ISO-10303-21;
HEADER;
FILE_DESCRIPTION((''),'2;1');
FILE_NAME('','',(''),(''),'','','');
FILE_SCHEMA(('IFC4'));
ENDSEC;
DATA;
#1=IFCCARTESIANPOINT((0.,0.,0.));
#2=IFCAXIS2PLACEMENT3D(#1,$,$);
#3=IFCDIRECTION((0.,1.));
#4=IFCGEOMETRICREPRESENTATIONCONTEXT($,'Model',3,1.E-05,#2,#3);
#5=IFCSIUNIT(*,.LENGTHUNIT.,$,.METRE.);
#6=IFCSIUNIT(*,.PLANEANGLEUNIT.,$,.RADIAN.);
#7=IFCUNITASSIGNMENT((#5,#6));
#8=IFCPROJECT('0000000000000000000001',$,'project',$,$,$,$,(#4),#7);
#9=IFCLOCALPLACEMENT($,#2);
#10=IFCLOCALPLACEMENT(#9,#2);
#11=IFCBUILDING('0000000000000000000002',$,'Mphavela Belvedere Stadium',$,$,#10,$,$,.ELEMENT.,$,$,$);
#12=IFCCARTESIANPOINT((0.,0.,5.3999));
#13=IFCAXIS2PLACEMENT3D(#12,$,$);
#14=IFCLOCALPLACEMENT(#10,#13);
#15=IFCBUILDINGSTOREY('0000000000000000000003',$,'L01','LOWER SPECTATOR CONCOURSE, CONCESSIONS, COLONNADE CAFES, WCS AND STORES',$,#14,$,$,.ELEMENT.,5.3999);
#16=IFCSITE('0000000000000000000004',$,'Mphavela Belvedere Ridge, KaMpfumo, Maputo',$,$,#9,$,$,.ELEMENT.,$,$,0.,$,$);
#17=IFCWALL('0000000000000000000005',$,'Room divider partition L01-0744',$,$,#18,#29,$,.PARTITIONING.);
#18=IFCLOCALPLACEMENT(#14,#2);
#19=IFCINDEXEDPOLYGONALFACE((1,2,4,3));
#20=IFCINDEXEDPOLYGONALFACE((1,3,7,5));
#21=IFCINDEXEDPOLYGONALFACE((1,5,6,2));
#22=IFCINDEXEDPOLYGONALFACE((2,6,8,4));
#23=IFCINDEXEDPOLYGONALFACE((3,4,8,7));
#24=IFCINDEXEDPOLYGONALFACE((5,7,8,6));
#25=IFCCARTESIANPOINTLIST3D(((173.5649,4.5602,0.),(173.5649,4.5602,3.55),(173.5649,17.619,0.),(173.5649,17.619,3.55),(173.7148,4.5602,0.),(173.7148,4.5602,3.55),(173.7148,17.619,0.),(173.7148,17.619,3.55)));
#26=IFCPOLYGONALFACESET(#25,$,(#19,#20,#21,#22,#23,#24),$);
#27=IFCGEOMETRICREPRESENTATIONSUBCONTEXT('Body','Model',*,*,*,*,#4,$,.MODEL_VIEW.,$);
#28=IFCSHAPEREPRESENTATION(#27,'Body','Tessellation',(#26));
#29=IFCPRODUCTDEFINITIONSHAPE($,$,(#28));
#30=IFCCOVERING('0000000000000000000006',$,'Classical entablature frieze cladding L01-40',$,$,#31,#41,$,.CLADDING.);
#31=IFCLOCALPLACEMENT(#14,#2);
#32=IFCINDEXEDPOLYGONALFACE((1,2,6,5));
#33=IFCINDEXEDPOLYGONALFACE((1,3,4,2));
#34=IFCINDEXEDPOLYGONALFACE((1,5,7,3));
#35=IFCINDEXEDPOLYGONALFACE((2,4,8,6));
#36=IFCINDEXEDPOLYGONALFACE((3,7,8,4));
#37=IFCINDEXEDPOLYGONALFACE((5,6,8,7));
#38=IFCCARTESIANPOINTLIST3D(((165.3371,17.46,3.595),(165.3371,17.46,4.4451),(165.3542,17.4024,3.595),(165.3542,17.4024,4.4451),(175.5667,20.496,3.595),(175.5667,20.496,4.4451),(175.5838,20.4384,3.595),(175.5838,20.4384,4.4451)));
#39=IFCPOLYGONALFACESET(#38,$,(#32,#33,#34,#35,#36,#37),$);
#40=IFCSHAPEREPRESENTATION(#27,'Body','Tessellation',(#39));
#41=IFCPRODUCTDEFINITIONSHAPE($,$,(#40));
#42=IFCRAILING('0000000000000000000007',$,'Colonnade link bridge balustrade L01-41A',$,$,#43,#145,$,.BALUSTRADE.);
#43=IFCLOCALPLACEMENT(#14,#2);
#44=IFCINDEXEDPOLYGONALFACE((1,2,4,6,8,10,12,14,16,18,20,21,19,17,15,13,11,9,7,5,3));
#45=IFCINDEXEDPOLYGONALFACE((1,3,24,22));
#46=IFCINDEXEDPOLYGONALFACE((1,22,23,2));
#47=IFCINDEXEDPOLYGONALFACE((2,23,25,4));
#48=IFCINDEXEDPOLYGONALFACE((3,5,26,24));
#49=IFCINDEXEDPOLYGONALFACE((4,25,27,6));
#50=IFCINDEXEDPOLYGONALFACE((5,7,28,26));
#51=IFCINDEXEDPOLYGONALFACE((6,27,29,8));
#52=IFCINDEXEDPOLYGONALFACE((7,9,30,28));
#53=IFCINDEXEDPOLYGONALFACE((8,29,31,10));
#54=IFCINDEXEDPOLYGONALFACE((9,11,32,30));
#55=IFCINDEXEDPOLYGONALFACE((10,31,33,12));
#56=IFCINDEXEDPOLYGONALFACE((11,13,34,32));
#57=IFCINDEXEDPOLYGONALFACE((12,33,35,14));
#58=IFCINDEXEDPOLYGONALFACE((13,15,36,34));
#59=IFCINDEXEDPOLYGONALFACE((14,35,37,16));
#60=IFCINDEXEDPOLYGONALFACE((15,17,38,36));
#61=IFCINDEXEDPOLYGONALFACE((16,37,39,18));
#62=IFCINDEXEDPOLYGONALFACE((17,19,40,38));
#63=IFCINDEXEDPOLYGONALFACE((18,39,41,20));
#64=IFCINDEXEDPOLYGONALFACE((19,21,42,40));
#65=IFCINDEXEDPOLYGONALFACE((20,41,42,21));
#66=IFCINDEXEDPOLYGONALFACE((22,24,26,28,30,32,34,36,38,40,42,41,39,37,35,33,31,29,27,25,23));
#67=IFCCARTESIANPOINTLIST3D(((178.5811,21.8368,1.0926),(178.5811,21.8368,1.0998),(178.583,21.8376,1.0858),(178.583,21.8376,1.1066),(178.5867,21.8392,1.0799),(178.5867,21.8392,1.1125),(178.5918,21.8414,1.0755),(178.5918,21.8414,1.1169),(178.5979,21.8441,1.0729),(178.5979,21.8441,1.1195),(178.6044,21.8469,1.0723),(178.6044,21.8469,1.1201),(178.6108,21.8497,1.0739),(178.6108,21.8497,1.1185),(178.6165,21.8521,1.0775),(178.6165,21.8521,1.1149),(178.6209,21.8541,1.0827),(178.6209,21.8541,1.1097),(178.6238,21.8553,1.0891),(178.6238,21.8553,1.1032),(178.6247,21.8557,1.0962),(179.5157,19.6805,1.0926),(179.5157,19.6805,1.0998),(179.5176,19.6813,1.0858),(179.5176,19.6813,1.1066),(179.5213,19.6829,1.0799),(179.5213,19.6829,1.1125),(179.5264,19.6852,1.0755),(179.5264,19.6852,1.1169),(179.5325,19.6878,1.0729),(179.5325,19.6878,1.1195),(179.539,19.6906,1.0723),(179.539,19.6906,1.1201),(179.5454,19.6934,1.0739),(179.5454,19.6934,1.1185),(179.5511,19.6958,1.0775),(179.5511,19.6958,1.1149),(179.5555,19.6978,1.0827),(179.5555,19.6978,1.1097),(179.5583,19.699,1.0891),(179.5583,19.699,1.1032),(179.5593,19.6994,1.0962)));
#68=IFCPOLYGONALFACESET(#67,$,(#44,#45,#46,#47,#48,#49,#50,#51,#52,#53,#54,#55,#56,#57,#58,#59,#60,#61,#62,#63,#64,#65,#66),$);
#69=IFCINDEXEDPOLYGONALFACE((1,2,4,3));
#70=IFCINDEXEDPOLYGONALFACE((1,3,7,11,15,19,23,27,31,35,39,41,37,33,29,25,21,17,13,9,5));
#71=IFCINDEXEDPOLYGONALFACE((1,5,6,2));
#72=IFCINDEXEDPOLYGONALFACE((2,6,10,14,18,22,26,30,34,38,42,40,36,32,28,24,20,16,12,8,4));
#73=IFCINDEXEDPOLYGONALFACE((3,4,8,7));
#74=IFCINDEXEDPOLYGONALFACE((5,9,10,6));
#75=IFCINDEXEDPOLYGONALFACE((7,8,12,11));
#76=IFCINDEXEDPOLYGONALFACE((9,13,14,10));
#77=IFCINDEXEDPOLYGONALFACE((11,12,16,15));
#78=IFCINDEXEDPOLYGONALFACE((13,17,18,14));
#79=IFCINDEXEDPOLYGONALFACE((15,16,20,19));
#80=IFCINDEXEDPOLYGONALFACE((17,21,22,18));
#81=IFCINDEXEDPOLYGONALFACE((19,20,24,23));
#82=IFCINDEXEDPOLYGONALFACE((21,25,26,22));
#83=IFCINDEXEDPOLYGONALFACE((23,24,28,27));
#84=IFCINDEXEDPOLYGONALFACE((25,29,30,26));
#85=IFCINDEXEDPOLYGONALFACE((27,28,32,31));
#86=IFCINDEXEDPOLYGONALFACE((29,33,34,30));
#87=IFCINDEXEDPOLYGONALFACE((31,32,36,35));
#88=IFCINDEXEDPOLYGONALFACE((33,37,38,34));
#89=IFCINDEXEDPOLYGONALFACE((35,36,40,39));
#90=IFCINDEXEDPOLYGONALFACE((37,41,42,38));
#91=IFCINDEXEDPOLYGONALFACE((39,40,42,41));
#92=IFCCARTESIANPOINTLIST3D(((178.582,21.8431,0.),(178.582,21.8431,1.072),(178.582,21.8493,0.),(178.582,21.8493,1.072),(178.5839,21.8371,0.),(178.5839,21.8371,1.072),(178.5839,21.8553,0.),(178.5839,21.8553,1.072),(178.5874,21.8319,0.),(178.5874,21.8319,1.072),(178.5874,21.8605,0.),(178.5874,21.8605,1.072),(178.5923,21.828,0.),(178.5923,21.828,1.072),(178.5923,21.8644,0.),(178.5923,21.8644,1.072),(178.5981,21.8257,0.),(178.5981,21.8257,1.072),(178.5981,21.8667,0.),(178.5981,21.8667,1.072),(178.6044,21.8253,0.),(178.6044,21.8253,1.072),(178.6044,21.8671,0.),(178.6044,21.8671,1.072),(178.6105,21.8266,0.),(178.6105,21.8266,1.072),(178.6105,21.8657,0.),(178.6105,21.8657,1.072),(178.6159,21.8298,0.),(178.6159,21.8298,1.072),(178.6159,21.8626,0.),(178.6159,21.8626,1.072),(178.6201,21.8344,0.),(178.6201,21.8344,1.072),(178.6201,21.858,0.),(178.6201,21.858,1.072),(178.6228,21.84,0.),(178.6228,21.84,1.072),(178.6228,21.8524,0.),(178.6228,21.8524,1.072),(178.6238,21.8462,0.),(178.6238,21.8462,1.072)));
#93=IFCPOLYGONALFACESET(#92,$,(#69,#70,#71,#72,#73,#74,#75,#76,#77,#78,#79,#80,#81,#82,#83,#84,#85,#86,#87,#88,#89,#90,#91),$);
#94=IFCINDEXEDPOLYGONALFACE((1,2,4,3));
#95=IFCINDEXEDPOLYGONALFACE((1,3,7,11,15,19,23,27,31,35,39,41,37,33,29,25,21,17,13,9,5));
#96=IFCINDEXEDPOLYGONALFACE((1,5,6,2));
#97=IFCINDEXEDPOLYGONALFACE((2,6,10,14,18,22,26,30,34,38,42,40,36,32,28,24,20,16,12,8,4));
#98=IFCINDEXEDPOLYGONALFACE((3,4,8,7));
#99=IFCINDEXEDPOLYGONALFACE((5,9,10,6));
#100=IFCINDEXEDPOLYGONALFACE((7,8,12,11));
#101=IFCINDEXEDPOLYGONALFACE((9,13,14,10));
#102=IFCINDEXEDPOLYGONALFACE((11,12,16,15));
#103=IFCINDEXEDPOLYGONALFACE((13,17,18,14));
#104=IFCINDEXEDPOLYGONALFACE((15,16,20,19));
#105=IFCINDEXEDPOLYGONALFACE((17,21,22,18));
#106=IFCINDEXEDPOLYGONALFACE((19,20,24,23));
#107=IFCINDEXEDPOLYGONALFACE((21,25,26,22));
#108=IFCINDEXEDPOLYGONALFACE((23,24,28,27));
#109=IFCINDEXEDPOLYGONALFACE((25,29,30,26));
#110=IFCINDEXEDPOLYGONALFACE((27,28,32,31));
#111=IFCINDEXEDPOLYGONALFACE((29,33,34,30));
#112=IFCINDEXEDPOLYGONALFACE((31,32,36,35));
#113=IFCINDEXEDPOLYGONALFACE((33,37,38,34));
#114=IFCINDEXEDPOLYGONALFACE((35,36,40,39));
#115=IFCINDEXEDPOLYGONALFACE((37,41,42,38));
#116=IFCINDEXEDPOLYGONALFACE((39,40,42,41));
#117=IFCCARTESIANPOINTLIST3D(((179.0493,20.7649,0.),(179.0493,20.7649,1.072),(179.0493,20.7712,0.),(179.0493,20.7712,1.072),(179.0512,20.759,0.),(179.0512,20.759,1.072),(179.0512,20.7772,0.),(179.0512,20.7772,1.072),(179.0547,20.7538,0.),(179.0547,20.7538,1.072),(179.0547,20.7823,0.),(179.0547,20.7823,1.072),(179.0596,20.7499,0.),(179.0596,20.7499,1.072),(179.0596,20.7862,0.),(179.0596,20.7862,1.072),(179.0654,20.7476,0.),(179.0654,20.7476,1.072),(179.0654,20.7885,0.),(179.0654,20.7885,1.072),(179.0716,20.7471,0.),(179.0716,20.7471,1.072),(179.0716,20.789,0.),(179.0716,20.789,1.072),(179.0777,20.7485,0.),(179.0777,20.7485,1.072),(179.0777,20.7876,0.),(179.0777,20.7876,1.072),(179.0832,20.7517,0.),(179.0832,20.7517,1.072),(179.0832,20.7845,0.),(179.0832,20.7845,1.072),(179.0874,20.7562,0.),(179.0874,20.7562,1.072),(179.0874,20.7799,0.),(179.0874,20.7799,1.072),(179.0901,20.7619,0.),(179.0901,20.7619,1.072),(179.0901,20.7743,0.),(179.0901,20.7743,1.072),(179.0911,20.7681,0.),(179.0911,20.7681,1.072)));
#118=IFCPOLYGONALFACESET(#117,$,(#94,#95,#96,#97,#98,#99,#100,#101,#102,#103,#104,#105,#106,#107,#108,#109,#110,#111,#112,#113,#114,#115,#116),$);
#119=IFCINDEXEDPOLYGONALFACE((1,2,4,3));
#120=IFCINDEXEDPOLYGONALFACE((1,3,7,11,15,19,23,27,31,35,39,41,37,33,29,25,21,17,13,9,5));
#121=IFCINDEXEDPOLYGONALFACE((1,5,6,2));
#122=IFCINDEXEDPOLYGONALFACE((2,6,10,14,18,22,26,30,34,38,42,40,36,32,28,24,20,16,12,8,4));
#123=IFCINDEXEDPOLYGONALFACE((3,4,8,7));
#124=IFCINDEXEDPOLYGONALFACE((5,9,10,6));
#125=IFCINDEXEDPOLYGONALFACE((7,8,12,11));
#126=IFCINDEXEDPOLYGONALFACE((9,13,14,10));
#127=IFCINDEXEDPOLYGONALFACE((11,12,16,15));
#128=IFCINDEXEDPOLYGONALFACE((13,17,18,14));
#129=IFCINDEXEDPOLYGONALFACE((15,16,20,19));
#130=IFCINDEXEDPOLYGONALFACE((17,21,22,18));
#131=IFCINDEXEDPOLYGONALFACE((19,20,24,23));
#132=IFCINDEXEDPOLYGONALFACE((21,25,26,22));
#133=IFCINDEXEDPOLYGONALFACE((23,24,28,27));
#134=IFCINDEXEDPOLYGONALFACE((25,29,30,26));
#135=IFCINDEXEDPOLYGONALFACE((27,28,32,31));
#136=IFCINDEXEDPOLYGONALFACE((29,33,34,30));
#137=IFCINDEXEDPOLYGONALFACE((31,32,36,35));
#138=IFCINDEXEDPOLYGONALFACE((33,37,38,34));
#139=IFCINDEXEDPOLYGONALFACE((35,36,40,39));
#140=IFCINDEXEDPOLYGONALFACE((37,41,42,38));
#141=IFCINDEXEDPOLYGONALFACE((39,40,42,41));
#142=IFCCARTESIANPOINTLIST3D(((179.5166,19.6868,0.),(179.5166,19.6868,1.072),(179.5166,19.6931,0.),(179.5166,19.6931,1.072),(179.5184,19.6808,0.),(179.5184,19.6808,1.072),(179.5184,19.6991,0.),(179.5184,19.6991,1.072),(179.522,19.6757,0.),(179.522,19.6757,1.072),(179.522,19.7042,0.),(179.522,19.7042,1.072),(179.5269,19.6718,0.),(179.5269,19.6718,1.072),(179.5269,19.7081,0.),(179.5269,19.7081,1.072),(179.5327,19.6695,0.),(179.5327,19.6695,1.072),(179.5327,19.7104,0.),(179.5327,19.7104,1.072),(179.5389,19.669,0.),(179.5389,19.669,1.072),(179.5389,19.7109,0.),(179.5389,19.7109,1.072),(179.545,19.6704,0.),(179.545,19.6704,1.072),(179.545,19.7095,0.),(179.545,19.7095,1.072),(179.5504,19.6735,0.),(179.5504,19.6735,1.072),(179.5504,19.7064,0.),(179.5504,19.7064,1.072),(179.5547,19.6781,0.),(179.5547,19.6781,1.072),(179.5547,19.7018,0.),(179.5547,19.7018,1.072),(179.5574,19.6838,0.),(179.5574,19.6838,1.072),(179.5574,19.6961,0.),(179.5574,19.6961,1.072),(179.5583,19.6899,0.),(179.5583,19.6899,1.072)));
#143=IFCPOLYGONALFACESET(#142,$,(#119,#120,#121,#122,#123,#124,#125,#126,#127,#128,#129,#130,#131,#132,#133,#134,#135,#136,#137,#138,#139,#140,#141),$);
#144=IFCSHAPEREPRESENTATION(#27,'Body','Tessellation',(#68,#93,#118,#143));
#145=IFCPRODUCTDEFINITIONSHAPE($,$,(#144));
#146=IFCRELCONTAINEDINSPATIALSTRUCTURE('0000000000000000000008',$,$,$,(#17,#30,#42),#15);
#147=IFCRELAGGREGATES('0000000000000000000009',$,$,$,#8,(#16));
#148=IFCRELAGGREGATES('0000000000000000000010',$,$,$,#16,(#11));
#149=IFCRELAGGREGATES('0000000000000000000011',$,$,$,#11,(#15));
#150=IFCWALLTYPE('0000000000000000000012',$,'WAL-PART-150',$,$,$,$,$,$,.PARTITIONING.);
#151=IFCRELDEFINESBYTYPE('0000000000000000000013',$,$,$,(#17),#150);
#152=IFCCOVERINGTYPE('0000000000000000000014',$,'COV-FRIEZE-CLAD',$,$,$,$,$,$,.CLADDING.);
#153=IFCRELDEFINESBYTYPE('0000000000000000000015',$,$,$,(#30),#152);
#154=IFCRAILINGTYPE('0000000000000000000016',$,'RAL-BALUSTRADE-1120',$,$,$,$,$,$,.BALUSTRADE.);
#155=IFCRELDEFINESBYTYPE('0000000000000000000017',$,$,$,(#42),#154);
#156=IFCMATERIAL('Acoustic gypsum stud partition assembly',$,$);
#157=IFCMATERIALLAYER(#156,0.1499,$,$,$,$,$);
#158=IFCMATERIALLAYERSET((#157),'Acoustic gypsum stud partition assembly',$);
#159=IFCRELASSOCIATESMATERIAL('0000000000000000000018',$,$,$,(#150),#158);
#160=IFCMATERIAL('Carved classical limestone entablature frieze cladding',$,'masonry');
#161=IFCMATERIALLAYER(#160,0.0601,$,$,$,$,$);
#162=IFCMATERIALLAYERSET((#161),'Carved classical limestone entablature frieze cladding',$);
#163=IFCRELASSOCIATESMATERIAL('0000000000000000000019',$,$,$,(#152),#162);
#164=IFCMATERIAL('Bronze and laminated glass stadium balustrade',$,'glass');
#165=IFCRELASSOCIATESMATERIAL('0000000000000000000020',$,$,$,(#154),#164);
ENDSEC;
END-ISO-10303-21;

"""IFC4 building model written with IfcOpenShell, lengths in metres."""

from ifc_helpers import new_model, si_unit, direction, frame, frame_2d, origin, origin_2d, place, context, subcontext, project, spatial, rectangle, circle, extrude, material, layer, layer_set, type_object, element, save


model = new_model("IFC4")

# Units and contexts
model_context = context("Model", 3, precision=1e-05, world=origin(), true_north=direction((0.0, 1.0)))
body_context = subcontext(model_context, "Body", "Model", "MODEL_VIEW")
ifc_project = project(units=[si_unit("LENGTHUNIT", "METRE"), si_unit("PLANEANGLEUNIT", "RADIAN")], contexts=[model_context])

# Site, building, storey
site_placement = place(None, origin())
site = spatial("IfcSite", under=ifc_project, at=site_placement, Name="Mphavela Belvedere Ridge, KaMpfumo, Maputo", CompositionType="ELEMENT", RefElevation=0.0)
building_placement = place(site_placement, origin())
building = spatial("IfcBuilding", under=site, at=building_placement, Name="Mphavela Belvedere Stadium", CompositionType="ELEMENT")
storey_placement = place(building_placement, frame((0.0, 0.0, 5.3999)))
storey = spatial("IfcBuildingStorey", under=building, at=storey_placement, Name="L01", Description="LOWER SPECTATOR CONCOURSE, CONCESSIONS, COLONNADE CAFES, WCS AND STORES", CompositionType="ELEMENT", Elevation=5.3999)

# Wall
ifc_material_1 = material(Name="Acoustic gypsum stud partition assembly")
ifc_layer_1 = layer(ifc_material_1, 0.1499)
ifc_layer_set_1 = layer_set([ifc_layer_1], Name="Acoustic gypsum stud partition assembly")
wall_type_1 = type_object("IfcWallType", Name="WAL-PART-150", PredefinedType="PARTITIONING", material=ifc_layer_set_1)
wall_1_placement = place(storey_placement, frame((173.6399, 17.6189, 0.0), z_axis=(0.0, 0.0, 1.0), x_axis=(0.0, -1.0, 0.0)))
element("IfcWall", 1, at=wall_1_placement, inside=storey, type_object=wall_type_1, Name="Room divider partition L01-0744", PredefinedType="PARTITIONING", context=body_context, shape_type="SweptSolid", body=[
    extrude(rectangle(XDim=13.0588, YDim=0.1499, at=frame_2d((6.5293, 0.0))), origin(), (0.0, 0.0, 1.0), 3.55),
])

# Covering
ifc_material_2 = material(Name="Carved classical limestone entablature frieze cladding", Category="masonry")
ifc_layer_2 = layer(ifc_material_2, 0.0601)
ifc_layer_set_2 = layer_set([ifc_layer_2], Name="Carved classical limestone entablature frieze cladding")
covering_type = type_object("IfcCoveringType", Name="COV-FRIEZE-CLAD", PredefinedType="CLADDING", material=ifc_layer_set_2)
covering_placement = place(storey_placement, frame((170.4604, 18.9492, 3.595), z_axis=(0.0, 0.0, 1.0), x_axis=(0.958671, 0.284517, 0.0)))
element("IfcCovering", 2, at=covering_placement, inside=storey, type_object=covering_type, Name="Classical entablature frieze cladding L01-40", PredefinedType="CLADDING", context=body_context, shape_type="SweptSolid", body=[
    extrude(rectangle(XDim=10.6707, YDim=0.0601, at=origin_2d()), origin(), (0.0, 0.0, 1.0), 0.8501),
])

# Railing
ifc_material_3 = material(Name="Bronze and laminated glass stadium balustrade", Category="glass")
railing_type_1 = type_object("IfcRailingType", Name="RAL-BALUSTRADE-1120", PredefinedType="BALUSTRADE", material=ifc_material_3)
railing_1_placement = place(storey_placement, frame((178.6028, 21.8462, 0.0)))
element("IfcRailing", 3, at=railing_1_placement, inside=storey, type_object=railing_type_1, Name="Colonnade link bridge balustrade L01-41A", PredefinedType="BALUSTRADE", context=body_context, shape_type="SweptSolid", body=[
    extrude(circle(Radius=0.0239, at=origin_2d()), frame((0.0, 0.0, 1.0962), z_axis=(0.397677, -0.917525, 0.0), x_axis=(0.917525, 0.397677, 0.0)), (0.0, 0.0, 1.0), 2.3501),
    extrude(circle(Radius=0.021, at=origin_2d()), origin(), (0.0, 0.0, 1.0), 1.072),
    extrude(circle(Radius=0.021, at=origin_2d()), frame((0.4673, -1.0781, 0.0)), (0.0, 0.0, 1.0), 1.072),
    extrude(circle(Radius=0.021, at=origin_2d()), frame((0.9346, -2.1562, 0.0)), (0.0, 0.0, 1.0), 1.072),
])

save(model, "model.ifc")
